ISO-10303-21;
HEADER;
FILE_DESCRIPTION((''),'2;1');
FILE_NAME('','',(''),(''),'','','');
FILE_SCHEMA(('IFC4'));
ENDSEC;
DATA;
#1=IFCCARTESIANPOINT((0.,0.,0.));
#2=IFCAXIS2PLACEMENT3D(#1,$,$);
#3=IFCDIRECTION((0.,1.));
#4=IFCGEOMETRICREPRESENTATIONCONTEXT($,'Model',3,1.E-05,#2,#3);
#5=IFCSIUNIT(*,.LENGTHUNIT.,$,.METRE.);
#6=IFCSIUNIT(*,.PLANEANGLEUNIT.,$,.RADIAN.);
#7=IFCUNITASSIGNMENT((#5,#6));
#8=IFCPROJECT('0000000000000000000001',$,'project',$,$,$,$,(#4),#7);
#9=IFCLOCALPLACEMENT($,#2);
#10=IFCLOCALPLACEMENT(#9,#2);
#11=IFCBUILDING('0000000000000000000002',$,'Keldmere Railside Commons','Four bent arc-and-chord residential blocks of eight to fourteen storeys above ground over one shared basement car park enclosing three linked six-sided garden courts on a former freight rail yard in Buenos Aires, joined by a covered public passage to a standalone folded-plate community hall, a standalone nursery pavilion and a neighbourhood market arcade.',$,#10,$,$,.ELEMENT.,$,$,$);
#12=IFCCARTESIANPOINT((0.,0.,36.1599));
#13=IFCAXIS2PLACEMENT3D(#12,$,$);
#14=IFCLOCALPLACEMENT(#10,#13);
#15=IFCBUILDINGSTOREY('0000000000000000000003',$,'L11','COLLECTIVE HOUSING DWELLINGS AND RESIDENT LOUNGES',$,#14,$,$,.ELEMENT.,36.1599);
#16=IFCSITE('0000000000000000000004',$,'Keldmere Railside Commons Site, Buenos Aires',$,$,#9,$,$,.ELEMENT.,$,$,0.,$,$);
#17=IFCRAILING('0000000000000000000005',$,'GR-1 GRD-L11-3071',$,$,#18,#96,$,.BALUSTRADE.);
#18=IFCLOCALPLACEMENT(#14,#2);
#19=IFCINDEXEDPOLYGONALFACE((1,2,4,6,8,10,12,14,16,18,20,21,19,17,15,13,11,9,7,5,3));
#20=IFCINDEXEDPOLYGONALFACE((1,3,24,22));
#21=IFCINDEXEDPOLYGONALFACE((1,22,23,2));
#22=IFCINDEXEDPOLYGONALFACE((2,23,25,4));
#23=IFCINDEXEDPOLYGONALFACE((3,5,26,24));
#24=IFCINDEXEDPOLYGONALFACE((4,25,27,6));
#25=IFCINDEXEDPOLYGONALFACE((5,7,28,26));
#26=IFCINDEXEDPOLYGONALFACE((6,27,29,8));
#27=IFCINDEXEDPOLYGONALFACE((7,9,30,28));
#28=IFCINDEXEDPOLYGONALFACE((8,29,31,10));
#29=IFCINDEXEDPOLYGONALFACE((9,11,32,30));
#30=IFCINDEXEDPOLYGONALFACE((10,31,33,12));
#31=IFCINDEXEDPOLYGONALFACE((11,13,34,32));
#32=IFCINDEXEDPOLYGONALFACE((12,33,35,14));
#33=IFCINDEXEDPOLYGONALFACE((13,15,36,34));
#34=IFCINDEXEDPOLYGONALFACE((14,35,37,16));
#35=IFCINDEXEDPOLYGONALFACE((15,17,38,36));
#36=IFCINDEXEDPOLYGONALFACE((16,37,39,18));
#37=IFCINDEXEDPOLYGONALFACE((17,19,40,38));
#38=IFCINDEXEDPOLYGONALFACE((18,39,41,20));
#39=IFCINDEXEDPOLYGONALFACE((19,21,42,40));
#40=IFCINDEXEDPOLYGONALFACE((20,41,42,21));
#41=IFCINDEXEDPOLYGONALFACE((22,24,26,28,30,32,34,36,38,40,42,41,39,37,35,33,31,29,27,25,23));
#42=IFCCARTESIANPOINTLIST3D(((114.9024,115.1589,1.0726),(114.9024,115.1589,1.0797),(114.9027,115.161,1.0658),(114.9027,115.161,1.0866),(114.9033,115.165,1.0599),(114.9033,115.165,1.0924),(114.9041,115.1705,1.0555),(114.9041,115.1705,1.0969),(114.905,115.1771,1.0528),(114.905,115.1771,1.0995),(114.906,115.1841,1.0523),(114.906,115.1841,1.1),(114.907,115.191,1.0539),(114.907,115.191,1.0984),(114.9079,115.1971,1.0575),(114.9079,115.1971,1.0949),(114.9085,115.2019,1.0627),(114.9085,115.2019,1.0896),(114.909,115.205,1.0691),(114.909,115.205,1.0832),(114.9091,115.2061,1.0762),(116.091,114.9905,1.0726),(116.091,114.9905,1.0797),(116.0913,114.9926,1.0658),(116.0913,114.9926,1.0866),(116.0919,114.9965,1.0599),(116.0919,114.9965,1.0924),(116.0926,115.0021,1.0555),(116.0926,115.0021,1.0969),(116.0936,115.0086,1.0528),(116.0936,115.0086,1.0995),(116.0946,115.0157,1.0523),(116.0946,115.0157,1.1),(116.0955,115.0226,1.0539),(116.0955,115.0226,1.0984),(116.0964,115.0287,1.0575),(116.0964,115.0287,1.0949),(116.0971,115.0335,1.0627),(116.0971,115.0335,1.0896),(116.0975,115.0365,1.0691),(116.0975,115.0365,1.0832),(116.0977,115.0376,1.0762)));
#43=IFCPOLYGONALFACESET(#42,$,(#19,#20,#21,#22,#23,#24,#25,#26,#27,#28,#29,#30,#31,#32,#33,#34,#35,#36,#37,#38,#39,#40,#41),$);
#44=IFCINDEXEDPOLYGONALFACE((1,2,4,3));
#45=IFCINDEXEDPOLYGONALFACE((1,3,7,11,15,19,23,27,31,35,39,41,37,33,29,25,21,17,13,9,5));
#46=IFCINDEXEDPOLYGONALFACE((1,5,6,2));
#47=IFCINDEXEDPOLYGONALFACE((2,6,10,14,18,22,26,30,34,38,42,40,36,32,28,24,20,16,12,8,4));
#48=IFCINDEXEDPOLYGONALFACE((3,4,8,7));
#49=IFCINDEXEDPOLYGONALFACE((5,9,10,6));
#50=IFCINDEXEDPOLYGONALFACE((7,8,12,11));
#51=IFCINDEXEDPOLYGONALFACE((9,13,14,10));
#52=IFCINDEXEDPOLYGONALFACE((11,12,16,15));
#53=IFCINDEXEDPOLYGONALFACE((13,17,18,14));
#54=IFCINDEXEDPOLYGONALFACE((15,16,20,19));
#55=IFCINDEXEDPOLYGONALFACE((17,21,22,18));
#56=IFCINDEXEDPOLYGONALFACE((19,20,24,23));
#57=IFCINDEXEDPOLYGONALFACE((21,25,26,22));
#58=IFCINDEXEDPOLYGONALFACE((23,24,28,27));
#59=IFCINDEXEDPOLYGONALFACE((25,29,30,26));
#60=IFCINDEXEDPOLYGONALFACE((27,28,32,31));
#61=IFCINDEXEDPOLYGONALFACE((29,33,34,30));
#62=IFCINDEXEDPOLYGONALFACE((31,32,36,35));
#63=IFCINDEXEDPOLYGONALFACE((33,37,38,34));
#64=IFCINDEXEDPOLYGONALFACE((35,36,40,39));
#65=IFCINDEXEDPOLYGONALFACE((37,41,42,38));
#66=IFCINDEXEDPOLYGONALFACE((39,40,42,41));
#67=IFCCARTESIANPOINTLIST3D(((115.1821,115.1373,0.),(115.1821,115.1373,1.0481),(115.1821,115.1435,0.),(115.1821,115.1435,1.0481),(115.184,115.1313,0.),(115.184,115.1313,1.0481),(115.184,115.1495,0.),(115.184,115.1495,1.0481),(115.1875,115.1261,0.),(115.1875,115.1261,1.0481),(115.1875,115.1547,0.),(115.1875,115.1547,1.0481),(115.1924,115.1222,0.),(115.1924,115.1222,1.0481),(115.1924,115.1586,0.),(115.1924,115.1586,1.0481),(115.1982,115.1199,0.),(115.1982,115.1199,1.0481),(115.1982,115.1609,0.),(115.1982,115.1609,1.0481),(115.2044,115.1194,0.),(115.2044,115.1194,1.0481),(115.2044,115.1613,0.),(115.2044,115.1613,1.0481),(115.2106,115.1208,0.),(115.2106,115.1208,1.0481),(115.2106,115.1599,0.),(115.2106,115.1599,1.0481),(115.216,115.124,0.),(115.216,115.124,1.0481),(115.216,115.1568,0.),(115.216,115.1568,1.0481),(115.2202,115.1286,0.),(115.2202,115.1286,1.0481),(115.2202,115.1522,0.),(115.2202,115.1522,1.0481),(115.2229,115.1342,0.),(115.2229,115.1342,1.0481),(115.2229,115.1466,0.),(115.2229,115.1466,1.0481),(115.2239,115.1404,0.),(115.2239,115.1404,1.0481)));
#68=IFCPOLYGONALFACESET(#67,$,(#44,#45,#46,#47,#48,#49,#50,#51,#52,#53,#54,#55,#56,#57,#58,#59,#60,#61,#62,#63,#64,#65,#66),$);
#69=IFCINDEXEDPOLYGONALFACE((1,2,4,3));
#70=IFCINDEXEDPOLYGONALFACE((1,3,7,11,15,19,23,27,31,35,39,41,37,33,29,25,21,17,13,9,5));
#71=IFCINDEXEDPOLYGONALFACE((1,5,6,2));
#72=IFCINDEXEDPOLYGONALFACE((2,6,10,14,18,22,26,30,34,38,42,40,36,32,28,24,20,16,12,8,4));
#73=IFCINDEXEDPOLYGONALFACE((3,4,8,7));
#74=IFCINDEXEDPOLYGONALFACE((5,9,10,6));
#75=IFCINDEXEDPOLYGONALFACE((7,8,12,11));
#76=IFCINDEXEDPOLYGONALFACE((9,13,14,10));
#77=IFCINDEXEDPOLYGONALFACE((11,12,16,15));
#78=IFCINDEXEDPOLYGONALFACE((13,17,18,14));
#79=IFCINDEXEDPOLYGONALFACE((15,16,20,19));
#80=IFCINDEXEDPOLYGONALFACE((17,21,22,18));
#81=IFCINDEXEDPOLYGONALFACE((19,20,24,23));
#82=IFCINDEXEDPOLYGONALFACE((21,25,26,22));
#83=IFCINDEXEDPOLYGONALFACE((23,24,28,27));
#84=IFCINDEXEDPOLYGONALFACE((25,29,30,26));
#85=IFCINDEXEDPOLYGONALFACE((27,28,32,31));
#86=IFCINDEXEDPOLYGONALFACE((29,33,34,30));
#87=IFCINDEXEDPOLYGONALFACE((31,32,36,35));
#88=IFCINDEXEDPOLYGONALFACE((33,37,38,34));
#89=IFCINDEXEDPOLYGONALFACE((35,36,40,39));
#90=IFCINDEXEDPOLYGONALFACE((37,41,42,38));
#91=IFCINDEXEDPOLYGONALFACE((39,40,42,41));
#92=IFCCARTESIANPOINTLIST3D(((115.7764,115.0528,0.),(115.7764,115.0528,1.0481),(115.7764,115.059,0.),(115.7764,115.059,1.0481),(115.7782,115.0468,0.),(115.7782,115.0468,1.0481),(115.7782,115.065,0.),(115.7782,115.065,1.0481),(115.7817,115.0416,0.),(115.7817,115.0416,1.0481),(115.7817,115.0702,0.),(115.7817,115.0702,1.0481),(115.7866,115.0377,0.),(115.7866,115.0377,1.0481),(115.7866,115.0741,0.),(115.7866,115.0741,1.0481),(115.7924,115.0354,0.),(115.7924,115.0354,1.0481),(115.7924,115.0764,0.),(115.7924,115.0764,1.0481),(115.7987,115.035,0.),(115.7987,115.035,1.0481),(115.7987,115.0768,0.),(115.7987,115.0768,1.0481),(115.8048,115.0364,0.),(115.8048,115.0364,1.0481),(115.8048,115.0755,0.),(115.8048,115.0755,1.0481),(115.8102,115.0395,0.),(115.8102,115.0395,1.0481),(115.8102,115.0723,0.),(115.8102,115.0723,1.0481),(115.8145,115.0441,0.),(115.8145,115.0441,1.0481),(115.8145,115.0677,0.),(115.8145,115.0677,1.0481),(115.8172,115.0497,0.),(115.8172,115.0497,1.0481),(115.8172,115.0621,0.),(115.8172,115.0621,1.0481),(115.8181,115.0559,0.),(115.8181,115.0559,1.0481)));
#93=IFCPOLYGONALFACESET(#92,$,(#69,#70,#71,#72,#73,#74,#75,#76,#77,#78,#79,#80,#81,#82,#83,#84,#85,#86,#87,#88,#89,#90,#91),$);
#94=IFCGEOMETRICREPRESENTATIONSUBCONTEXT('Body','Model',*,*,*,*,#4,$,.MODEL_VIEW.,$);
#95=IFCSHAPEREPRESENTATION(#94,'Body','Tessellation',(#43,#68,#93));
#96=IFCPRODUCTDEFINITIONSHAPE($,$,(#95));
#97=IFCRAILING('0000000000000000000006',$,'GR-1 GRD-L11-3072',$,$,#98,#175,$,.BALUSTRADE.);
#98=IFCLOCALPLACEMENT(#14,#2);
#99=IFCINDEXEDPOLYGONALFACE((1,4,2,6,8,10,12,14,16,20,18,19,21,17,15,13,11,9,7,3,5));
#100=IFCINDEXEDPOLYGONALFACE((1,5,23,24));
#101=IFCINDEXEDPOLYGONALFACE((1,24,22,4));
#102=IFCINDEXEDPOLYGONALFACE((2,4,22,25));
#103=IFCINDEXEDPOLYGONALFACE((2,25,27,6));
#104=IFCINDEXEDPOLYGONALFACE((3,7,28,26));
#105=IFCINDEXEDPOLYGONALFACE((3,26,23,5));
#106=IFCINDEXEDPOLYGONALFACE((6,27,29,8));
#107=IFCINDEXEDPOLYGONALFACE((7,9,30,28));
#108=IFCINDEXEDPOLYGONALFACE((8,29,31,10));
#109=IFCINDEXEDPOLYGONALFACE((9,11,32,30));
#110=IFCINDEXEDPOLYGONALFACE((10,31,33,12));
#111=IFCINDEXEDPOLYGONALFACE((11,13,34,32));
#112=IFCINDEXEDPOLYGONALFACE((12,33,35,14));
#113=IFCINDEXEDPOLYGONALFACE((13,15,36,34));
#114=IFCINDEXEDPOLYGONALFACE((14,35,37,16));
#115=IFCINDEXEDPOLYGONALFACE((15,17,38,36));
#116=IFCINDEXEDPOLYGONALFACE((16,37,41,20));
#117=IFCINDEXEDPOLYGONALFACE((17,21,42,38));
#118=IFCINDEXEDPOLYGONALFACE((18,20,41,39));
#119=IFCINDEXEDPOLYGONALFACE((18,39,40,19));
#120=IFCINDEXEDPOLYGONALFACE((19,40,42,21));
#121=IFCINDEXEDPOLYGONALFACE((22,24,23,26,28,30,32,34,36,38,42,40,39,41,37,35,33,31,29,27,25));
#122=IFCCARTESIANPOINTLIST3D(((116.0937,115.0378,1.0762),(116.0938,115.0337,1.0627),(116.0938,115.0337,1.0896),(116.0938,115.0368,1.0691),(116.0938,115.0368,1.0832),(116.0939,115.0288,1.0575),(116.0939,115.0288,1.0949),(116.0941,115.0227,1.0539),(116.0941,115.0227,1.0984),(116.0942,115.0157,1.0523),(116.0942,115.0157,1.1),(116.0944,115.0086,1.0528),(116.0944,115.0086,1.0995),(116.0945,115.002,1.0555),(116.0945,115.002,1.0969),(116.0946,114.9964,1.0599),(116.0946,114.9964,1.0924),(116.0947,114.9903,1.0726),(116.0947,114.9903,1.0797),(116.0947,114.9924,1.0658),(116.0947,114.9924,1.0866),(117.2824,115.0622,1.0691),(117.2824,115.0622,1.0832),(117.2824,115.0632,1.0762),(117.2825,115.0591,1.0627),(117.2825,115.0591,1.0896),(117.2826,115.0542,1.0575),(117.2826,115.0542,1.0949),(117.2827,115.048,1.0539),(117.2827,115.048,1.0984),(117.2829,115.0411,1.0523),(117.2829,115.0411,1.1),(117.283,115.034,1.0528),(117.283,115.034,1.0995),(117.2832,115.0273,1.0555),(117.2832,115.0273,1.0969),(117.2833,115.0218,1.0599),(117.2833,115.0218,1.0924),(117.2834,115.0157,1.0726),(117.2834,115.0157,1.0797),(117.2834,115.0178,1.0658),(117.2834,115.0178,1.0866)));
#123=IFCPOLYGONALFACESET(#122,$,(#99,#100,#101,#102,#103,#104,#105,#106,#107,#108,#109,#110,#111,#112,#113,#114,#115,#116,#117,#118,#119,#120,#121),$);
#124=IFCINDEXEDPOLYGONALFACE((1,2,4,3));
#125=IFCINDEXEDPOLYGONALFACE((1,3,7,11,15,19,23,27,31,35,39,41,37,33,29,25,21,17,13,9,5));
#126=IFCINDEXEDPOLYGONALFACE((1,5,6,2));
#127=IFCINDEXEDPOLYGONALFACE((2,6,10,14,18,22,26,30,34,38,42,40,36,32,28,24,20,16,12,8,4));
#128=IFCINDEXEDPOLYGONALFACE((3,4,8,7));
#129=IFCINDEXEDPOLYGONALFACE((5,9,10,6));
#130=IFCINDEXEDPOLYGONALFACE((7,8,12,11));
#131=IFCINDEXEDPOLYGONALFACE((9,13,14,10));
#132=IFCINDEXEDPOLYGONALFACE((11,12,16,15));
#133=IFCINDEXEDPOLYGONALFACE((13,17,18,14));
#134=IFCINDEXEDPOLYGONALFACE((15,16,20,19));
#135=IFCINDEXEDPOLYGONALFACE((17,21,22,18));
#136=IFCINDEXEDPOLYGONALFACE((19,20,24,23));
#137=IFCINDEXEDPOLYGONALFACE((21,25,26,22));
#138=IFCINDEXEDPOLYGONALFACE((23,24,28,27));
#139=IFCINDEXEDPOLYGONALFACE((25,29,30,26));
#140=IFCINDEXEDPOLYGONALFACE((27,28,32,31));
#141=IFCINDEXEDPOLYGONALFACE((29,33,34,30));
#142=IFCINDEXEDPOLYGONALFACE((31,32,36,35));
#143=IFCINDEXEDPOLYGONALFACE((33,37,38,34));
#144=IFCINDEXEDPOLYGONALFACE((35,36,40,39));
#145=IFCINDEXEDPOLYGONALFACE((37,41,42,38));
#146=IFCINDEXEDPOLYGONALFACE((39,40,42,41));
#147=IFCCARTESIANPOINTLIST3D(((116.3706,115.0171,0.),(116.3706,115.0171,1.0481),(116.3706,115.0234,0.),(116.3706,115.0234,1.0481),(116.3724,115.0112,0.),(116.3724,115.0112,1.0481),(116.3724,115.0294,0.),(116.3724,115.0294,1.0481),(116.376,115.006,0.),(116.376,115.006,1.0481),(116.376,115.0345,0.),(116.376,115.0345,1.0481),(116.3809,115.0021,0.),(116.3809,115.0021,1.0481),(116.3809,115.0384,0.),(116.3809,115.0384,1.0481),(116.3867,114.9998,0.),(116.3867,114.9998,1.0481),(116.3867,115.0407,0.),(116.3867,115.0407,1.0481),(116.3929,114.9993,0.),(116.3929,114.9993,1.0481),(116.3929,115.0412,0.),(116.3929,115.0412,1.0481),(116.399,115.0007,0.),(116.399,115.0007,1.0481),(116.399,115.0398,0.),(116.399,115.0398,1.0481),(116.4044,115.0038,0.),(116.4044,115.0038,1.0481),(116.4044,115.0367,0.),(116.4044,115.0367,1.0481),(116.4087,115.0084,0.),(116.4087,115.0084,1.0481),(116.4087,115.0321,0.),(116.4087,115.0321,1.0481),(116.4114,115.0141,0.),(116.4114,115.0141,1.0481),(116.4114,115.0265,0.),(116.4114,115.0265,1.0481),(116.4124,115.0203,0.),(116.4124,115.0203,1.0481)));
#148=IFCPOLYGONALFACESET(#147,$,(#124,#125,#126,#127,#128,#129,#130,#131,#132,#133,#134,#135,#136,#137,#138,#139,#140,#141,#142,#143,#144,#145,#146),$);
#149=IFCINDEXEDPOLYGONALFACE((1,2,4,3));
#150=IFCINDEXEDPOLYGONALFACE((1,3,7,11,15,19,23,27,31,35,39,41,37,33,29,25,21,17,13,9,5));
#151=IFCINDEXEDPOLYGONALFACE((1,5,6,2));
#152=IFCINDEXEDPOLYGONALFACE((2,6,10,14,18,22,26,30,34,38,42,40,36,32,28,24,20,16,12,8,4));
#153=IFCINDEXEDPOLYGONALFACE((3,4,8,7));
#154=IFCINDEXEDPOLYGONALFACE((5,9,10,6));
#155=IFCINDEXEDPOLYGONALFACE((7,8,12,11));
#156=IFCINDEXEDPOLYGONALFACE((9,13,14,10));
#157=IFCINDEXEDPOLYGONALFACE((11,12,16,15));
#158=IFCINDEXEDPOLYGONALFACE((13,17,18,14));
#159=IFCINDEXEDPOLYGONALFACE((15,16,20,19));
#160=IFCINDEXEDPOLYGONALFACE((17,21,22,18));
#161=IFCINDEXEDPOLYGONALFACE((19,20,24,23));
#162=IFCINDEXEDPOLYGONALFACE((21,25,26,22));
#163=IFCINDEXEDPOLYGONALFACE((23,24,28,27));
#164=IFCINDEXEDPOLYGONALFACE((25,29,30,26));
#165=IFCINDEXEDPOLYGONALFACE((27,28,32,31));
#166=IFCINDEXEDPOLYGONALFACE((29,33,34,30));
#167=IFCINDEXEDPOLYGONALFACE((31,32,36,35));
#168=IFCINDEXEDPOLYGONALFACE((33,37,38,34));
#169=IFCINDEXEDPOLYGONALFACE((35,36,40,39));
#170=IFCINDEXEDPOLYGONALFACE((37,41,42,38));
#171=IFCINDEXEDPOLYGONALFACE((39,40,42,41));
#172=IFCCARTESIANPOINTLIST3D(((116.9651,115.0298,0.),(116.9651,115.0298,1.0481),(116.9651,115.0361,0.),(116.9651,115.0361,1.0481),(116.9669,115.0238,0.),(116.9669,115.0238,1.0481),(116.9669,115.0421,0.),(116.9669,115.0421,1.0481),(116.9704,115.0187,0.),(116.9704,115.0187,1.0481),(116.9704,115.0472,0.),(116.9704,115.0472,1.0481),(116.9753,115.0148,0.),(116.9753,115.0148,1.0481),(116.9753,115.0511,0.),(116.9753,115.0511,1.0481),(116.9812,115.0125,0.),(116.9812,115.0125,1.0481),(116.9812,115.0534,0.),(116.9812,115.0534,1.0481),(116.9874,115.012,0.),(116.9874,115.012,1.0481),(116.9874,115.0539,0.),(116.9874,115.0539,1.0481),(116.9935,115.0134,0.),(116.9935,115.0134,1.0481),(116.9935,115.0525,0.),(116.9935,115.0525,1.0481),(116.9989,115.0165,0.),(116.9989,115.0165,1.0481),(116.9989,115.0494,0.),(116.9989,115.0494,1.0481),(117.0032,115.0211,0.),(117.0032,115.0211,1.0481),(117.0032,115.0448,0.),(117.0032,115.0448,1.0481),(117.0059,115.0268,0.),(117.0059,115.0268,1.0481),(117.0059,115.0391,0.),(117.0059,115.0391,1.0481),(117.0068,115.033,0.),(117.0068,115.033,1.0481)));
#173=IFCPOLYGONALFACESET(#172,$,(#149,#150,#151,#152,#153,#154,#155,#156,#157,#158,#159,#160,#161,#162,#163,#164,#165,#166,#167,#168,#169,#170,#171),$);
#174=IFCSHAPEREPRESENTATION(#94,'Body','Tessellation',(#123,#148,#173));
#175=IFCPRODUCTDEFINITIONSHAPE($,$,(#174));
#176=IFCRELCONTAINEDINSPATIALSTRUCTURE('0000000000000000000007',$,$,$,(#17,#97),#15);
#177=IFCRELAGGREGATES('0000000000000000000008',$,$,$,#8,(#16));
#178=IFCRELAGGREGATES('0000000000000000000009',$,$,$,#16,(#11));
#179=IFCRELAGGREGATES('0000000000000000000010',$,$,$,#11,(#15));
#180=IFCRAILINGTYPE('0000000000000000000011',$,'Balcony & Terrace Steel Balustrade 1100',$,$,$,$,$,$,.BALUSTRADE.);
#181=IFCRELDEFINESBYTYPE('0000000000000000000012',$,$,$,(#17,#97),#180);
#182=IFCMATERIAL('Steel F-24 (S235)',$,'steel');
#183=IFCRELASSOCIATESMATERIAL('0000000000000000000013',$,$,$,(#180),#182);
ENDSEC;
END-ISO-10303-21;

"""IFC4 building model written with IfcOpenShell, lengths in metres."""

from ifc_helpers import new_model, si_unit, direction, frame, origin, origin_2d, place, context, subcontext, project, spatial, circle, extrude, material, type_object, element, save


model = new_model("IFC4")

# Units and contexts
model_context = context("Model", 3, precision=1e-05, world=origin(), true_north=direction((0.0, 1.0)))
body_context = subcontext(model_context, "Body", "Model", "MODEL_VIEW")
ifc_project = project(units=[si_unit("LENGTHUNIT", "METRE"), si_unit("PLANEANGLEUNIT", "RADIAN")], contexts=[model_context])

# Site, building, storey
site_placement = place(None, origin())
site = spatial("IfcSite", under=ifc_project, at=site_placement, Name="Keldmere Railside Commons Site, Buenos Aires", CompositionType="ELEMENT", RefElevation=0.0)
building_placement = place(site_placement, origin())
building = spatial("IfcBuilding", under=site, at=building_placement, Name="Keldmere Railside Commons", Description="Four bent arc-and-chord residential blocks of eight to fourteen storeys above ground over one shared basement car park enclosing three linked six-sided garden courts on a former freight rail yard in Buenos Aires, joined by a covered public passage to a standalone folded-plate community hall, a standalone nursery pavilion and a neighbourhood market arcade.", CompositionType="ELEMENT")
storey_placement = place(building_placement, frame((0.0, 0.0, 36.1599)))
storey = spatial("IfcBuildingStorey", under=building, at=storey_placement, Name="L11", Description="COLLECTIVE HOUSING DWELLINGS AND RESIDENT LOUNGES", CompositionType="ELEMENT", Elevation=36.1599)

# Shared definitions
ifc_material_1 = material(Name="Steel F-24 (S235)", Category="steel")

# Railings
railing_type = type_object("IfcRailingType", Name="Balcony & Terrace Steel Balustrade 1100", PredefinedType="BALUSTRADE", material=ifc_material_1)
railing_1_placement = place(storey_placement, frame((114.9058, 115.1824, 0.0)))
element("IfcRailing", 1, at=railing_1_placement, inside=storey, type_object=railing_type, Name="GR-1 GRD-L11-3071", PredefinedType="BALUSTRADE", context=body_context, shape_type="SweptSolid", body=[
    extrude(circle(Radius=0.0239, at=origin_2d()), frame((0.0, 0.0, 1.0762), z_axis=(0.990103, -0.140339, 0.0), x_axis=(0.140339, 0.990103, 0.0)), (0.0, 0.0, 1.0), 1.2004),
    extrude(circle(Radius=0.021, at=origin_2d()), frame((0.2971, -0.042, 0.0)), (0.0, 0.0, 1.0), 1.0481),
    extrude(circle(Radius=0.021, at=origin_2d()), frame((0.8914, -0.1265, 0.0)), (0.0, 0.0, 1.0), 1.0481),
])
railing_2_placement = place(storey_placement, frame((116.0942, 115.0139, 0.0)))
element("IfcRailing", 2, at=railing_2_placement, inside=storey, type_object=railing_type, Name="GR-1 GRD-L11-3072", PredefinedType="BALUSTRADE", context=body_context, shape_type="SweptSolid", body=[
    extrude(circle(Radius=0.0239, at=origin_2d()), frame((0.0, 0.0, 1.0762), z_axis=(0.999772, 0.021355, 0.0), x_axis=(-0.021355, 0.999772, 0.0)), (0.0, 0.0, 1.0), 1.189),
    extrude(circle(Radius=0.021, at=origin_2d()), frame((0.2971, 0.0063, 0.0)), (0.0, 0.0, 1.0), 1.0481),
    extrude(circle(Radius=0.021, at=origin_2d()), frame((0.8916, 0.019, 0.0)), (0.0, 0.0, 1.0), 1.0481),
])

save(model, "model.ifc")
